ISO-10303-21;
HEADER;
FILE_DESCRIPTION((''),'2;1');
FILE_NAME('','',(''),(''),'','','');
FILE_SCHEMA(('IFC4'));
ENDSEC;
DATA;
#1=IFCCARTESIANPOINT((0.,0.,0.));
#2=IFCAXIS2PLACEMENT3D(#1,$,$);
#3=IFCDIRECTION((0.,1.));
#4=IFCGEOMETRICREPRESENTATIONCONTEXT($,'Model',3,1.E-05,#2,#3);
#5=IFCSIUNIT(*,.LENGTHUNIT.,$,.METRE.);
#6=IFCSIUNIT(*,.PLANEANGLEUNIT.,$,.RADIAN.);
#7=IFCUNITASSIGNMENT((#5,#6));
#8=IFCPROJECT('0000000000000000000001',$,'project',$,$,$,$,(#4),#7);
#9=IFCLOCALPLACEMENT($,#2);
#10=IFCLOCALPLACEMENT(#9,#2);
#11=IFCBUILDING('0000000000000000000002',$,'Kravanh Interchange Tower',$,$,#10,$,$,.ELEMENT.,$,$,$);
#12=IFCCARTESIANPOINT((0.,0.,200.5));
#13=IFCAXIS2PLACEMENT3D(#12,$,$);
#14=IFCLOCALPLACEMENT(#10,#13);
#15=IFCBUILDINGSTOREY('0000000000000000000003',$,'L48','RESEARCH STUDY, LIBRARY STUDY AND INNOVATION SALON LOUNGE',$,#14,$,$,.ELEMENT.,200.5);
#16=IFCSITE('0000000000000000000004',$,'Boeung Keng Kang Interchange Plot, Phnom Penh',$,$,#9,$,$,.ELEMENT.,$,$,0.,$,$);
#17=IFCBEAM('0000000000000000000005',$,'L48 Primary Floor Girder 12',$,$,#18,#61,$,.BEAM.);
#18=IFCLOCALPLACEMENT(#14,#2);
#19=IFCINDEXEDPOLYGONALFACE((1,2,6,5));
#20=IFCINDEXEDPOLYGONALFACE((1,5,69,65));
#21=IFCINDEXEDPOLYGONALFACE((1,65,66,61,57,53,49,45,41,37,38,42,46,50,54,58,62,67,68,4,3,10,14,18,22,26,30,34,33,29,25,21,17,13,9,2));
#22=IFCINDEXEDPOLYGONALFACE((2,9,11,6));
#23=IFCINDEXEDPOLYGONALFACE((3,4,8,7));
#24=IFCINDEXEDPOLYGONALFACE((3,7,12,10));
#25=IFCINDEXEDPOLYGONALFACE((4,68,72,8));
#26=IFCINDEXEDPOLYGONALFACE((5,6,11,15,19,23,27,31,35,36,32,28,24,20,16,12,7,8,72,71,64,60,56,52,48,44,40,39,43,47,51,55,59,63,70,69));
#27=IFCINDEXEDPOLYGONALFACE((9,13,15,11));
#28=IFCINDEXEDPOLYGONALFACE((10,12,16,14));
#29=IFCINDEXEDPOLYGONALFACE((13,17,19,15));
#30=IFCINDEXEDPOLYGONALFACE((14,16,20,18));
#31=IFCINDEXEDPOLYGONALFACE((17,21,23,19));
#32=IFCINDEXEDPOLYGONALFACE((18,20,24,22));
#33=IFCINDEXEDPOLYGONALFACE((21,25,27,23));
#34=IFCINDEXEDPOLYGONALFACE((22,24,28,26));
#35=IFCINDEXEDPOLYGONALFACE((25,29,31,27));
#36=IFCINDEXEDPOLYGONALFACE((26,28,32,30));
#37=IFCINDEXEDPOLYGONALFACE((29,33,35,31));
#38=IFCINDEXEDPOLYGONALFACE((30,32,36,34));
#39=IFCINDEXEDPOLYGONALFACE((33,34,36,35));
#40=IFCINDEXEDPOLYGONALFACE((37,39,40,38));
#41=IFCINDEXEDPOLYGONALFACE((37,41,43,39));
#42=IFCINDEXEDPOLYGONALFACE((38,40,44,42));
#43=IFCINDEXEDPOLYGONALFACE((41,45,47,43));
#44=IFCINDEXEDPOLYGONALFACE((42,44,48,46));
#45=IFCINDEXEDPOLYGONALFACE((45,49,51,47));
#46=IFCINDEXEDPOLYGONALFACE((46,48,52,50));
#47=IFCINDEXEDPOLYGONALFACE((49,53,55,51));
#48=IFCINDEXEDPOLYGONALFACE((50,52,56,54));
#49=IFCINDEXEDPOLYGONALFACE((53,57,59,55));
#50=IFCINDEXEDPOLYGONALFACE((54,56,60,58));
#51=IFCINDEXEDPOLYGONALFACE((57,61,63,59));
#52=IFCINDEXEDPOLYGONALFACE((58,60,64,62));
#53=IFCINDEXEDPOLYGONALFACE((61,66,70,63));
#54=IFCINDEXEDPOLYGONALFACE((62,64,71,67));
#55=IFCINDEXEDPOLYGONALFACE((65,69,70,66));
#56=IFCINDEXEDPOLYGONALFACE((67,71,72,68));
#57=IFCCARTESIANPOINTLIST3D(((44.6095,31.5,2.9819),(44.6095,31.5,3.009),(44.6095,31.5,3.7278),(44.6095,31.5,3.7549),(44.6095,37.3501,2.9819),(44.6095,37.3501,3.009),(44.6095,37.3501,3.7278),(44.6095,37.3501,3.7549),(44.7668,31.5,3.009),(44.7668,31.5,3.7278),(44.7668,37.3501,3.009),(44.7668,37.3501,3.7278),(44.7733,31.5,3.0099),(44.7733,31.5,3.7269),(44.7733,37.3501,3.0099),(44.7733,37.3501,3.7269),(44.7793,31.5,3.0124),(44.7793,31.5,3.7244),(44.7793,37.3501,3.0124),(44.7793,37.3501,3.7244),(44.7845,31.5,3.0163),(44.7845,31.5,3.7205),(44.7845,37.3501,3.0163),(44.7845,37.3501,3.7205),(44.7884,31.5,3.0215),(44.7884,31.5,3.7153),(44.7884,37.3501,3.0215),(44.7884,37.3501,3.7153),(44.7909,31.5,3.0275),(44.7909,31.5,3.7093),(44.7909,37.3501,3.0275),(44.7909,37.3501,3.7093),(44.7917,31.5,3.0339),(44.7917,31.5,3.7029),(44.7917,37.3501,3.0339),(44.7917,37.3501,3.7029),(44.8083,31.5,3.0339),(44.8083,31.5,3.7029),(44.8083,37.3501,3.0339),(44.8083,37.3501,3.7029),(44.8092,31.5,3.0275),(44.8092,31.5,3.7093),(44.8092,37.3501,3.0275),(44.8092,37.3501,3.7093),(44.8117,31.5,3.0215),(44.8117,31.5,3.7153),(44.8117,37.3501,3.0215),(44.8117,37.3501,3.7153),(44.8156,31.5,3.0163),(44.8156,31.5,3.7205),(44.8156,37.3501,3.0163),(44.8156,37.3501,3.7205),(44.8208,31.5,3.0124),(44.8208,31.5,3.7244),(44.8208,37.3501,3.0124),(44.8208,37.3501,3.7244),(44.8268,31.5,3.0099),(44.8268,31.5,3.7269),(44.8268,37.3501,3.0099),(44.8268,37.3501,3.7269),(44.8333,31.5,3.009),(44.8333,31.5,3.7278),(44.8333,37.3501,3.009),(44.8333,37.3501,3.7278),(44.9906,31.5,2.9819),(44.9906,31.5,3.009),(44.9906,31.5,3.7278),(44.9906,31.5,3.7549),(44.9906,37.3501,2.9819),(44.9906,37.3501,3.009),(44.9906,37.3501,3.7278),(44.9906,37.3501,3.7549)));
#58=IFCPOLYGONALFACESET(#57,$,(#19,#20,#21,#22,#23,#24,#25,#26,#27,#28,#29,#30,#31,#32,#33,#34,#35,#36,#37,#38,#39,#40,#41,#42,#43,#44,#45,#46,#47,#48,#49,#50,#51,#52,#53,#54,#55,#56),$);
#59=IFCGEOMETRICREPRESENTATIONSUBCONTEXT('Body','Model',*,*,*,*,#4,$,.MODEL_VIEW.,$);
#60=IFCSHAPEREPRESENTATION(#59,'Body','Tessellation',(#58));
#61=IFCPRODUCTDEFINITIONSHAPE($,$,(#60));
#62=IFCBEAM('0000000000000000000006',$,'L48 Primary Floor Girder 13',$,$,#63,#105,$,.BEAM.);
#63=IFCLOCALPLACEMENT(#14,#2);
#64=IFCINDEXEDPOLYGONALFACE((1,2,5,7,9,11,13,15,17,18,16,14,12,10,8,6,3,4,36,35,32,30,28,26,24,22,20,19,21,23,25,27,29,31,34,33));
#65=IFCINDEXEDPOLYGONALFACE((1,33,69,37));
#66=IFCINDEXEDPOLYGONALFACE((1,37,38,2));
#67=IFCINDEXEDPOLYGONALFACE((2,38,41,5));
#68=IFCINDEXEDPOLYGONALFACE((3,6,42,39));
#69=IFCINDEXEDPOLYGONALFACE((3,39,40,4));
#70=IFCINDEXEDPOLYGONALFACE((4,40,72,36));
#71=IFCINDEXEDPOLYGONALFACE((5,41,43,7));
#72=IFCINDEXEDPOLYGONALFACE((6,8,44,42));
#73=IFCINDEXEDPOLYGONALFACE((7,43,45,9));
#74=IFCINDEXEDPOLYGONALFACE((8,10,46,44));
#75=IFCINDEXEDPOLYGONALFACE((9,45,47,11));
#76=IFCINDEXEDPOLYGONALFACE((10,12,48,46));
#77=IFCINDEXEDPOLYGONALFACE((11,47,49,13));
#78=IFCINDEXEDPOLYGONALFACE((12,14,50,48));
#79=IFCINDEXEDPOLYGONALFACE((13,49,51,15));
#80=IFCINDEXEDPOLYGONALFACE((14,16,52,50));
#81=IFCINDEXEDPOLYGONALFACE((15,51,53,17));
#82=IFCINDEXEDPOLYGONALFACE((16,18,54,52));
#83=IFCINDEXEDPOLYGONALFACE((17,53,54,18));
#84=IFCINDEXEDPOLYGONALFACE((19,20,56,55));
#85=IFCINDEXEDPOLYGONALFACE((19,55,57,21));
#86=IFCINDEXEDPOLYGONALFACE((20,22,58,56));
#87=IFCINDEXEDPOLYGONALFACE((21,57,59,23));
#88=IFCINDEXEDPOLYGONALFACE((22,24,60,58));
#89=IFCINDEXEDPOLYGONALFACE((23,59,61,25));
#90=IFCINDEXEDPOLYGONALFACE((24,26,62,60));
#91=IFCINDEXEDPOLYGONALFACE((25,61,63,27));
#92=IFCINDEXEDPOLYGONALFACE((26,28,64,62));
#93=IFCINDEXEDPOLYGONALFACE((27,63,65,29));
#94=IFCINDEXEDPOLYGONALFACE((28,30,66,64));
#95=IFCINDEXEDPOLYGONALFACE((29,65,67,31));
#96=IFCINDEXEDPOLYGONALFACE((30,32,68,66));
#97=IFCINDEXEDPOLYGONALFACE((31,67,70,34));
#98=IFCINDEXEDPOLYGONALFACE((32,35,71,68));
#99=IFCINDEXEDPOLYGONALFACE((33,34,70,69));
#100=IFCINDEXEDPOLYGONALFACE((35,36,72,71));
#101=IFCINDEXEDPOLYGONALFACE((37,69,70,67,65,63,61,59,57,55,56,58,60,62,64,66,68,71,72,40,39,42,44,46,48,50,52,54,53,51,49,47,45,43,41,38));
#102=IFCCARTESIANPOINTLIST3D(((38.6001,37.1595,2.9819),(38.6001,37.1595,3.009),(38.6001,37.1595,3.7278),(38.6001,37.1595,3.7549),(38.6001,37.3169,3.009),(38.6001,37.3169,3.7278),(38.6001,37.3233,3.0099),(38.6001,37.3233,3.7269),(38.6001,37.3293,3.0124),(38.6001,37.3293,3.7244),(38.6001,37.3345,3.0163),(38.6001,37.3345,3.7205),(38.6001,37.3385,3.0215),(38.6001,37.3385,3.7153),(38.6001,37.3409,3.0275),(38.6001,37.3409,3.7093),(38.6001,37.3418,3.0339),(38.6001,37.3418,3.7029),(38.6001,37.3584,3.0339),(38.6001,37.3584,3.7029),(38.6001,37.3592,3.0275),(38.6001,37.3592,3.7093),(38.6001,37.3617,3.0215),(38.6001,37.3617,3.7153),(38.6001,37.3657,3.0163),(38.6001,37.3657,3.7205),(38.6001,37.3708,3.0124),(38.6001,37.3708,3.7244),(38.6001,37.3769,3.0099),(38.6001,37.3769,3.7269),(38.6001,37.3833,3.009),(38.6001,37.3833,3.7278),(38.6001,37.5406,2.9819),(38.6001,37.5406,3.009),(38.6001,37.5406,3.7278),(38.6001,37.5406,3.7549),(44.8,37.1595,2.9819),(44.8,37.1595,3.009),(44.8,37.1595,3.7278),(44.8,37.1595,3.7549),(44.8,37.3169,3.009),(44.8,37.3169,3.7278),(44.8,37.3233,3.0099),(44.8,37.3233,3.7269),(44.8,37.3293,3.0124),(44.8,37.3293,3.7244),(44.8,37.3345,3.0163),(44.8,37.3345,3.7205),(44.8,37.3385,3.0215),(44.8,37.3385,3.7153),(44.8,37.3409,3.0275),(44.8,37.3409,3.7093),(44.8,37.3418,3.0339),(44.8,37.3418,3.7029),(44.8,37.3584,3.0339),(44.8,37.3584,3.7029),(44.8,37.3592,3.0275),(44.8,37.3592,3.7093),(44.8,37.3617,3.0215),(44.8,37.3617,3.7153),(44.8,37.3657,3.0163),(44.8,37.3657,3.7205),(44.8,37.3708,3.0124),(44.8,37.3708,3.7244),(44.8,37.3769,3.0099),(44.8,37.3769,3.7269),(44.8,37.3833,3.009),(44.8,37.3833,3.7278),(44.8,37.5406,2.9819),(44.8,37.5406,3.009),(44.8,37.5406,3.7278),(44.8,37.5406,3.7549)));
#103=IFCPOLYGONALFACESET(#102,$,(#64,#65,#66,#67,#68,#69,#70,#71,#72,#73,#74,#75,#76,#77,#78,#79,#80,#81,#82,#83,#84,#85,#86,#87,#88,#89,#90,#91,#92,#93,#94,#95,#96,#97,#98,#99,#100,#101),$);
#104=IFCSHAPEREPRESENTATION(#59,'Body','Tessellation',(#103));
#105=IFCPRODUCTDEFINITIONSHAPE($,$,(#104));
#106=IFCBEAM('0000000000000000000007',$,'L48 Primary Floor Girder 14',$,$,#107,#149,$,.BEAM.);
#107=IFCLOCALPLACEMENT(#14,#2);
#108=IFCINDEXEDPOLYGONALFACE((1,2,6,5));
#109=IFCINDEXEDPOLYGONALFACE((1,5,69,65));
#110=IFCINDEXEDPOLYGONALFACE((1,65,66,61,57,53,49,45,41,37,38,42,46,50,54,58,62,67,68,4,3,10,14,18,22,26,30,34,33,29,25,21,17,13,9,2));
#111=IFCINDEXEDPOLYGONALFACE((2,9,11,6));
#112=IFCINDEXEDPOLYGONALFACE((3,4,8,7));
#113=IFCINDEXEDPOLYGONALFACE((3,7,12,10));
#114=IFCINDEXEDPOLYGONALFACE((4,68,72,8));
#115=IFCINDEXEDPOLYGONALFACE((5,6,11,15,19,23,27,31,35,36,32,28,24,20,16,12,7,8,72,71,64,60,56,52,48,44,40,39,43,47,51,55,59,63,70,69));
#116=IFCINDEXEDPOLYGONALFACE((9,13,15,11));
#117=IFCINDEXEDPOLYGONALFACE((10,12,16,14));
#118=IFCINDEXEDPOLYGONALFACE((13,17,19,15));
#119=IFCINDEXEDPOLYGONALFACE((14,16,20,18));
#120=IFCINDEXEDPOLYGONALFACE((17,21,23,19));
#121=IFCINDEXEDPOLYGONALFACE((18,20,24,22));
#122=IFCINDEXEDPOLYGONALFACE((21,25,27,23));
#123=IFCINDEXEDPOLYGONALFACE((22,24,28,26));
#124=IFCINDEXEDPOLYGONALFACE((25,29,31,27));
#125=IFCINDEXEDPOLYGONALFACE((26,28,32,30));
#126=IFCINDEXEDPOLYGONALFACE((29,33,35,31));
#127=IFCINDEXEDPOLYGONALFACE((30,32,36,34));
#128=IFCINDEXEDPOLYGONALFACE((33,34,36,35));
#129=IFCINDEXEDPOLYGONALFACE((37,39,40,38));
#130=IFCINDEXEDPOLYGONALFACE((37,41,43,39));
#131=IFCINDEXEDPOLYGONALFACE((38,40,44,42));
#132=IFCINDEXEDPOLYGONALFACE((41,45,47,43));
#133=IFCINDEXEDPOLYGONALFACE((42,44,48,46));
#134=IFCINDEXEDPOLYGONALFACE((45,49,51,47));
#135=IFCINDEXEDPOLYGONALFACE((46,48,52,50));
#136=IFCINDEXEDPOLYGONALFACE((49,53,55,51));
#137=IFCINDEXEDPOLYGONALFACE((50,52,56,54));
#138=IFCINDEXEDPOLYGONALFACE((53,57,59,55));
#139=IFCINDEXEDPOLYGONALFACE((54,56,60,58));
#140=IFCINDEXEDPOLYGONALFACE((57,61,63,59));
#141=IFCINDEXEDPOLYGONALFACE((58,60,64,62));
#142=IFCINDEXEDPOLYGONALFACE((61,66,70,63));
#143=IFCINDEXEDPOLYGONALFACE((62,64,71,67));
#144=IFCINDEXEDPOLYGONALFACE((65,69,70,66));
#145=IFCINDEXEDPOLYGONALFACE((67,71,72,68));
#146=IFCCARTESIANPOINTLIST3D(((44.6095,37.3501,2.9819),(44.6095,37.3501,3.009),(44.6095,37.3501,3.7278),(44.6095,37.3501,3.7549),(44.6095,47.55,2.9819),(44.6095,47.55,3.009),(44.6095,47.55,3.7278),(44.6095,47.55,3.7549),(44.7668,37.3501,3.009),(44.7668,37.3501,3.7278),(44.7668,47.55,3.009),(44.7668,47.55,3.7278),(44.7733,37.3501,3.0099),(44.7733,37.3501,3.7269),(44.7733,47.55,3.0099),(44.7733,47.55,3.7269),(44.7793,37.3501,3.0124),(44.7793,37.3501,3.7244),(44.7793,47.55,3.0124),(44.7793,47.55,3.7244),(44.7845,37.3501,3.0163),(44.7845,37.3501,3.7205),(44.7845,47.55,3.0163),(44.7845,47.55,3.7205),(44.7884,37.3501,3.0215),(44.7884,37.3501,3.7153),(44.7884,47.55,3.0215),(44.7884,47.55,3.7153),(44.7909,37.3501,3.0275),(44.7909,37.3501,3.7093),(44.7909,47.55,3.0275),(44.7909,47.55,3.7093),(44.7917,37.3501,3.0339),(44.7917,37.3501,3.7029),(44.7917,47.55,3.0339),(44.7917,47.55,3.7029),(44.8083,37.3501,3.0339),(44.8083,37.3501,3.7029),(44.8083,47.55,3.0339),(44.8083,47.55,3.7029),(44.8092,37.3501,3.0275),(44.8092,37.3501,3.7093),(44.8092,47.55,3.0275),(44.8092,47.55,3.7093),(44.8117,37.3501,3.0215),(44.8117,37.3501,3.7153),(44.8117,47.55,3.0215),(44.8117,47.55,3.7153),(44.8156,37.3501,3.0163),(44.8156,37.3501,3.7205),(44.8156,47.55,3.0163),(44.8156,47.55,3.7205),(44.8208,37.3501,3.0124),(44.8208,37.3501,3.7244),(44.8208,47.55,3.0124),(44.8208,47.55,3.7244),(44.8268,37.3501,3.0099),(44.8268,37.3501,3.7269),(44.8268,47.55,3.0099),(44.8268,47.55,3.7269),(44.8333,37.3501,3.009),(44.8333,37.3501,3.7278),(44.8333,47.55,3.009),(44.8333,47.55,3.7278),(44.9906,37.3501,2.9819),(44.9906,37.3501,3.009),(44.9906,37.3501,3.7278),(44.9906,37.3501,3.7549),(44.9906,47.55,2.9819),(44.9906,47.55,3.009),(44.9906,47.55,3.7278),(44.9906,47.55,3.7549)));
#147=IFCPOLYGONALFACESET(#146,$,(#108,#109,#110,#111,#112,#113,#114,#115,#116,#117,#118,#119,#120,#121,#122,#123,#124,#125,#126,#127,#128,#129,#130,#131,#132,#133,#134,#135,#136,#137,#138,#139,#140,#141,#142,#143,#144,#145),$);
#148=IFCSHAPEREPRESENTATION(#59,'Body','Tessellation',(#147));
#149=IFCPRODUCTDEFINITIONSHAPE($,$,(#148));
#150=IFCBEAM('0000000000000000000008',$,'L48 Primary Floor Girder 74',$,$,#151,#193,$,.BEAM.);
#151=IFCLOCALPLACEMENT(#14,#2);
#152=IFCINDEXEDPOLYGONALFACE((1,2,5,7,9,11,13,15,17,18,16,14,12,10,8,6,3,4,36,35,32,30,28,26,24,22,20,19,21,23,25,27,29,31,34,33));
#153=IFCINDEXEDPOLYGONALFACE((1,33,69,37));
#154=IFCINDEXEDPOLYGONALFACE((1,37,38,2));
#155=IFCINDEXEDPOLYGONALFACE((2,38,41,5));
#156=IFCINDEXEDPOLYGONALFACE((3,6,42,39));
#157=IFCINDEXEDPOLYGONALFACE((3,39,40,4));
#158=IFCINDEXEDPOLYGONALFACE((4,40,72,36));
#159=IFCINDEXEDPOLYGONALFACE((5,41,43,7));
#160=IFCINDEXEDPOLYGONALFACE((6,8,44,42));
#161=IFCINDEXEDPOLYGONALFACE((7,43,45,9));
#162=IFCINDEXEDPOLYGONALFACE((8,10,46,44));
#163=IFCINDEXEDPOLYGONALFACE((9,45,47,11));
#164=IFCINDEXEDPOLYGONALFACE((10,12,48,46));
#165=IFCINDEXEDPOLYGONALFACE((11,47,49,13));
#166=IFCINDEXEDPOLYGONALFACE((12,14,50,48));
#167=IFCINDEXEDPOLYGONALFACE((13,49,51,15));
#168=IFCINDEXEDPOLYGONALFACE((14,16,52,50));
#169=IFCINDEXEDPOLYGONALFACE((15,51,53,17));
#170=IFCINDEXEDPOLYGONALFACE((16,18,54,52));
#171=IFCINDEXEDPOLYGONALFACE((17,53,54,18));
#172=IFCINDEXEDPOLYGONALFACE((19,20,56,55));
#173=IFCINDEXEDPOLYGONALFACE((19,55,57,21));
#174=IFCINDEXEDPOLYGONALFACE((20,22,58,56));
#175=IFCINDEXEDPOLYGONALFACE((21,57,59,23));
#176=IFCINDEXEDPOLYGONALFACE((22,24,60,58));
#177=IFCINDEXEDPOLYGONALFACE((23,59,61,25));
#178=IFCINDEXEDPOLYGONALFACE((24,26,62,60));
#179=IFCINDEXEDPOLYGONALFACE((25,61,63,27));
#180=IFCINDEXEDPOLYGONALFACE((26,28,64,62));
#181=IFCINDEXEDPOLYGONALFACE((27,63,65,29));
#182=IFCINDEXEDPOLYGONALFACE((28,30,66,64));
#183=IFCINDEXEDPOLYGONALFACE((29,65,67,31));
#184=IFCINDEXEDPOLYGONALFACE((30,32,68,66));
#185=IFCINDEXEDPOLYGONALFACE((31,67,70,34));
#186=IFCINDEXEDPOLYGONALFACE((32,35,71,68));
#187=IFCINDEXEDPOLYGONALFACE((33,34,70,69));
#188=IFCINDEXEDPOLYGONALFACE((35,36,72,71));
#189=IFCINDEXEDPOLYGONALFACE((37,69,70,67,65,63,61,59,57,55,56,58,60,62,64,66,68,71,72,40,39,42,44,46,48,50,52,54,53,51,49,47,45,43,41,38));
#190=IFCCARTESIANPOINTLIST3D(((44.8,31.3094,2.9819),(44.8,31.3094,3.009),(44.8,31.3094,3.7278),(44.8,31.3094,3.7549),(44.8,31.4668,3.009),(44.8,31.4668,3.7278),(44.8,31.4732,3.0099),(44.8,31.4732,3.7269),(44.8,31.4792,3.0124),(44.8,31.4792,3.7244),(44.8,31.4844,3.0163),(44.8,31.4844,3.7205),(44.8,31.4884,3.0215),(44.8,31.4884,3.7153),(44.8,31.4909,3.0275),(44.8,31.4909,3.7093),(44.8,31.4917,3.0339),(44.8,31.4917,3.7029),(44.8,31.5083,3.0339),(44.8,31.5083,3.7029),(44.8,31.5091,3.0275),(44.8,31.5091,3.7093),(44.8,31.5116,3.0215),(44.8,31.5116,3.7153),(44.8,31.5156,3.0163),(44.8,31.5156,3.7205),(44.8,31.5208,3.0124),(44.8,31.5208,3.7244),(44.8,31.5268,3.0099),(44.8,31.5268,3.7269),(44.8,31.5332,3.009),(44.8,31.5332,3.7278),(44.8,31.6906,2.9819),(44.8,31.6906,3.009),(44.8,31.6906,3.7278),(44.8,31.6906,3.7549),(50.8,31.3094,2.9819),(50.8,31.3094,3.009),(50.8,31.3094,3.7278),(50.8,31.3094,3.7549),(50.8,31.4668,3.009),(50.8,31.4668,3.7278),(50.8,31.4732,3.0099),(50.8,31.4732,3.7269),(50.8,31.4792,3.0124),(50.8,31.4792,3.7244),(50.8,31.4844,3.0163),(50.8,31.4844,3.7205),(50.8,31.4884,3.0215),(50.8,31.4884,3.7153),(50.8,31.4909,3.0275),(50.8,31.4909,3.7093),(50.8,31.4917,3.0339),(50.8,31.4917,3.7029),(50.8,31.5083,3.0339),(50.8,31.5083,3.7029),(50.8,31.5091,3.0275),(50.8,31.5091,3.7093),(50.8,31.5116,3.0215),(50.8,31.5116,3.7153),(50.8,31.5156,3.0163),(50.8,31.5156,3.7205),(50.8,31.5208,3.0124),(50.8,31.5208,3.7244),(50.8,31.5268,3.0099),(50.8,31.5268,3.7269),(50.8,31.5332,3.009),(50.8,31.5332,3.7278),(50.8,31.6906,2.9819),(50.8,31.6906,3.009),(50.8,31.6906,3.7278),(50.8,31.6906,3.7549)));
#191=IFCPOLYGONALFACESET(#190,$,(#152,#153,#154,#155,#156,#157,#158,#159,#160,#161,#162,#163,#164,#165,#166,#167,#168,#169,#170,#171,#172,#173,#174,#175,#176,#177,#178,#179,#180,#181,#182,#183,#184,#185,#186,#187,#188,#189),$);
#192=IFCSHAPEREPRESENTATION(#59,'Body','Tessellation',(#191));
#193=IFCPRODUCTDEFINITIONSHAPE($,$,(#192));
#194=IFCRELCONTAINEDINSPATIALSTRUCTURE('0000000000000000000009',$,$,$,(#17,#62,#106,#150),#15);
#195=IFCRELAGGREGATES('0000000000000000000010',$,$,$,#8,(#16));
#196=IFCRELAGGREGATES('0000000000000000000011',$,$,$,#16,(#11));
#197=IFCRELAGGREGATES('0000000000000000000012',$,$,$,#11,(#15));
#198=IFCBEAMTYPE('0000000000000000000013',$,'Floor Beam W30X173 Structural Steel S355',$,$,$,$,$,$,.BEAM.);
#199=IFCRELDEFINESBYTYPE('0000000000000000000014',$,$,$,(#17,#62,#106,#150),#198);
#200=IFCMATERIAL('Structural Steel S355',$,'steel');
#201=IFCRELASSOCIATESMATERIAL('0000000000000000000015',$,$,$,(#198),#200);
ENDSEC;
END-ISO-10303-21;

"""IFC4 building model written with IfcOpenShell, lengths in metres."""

from ifc_helpers import new_model, si_unit, direction, frame, origin, origin_2d, place, context, subcontext, project, spatial, i_section, extrude, material, material_profile, profile_set, type_object, element, save


model = new_model("IFC4")

# Units and contexts
model_context = context("Model", 3, precision=1e-05, world=origin(), true_north=direction((0.0, 1.0)))
body_context = subcontext(model_context, "Body", "Model", "MODEL_VIEW")
ifc_project = project(units=[si_unit("LENGTHUNIT", "METRE"), si_unit("PLANEANGLEUNIT", "RADIAN")], contexts=[model_context])

# Site, building, storey
site_placement = place(None, origin())
site = spatial("IfcSite", under=ifc_project, at=site_placement, Name="Boeung Keng Kang Interchange Plot, Phnom Penh", CompositionType="ELEMENT", RefElevation=0.0)
building_placement = place(site_placement, origin())
building = spatial("IfcBuilding", under=site, at=building_placement, Name="Kravanh Interchange Tower", CompositionType="ELEMENT")
storey_placement = place(building_placement, frame((0.0, 0.0, 200.5)))
storey = spatial("IfcBuildingStorey", under=building, at=storey_placement, Name="L48", Description="RESEARCH STUDY, LIBRARY STUDY AND INNOVATION SALON LOUNGE", CompositionType="ELEMENT", Elevation=200.5)

# Beams
ifc_material_1 = material(Name="Structural Steel S355", Category="steel")
ifc_material_profile_1 = material_profile(ifc_material_1, i_section(OverallWidth=0.3811, OverallDepth=0.7729, WebThickness=0.0166, FlangeThickness=0.0271, FilletRadius=0.0249, at=origin_2d()), Name="W30X173")
ifc_profile_set_1 = profile_set([ifc_material_profile_1], Name="Structural Steel S355")
beam_type_1 = type_object("IfcBeamType", Name="Floor Beam W30X173 Structural Steel S355", PredefinedType="BEAM", material=ifc_profile_set_1)
beam_1_placement = place(storey_placement, frame((44.8, 37.3501, 3.3684), z_axis=(0.0, -1.0, 0.0), x_axis=(1.0, 0.0, 0.0)))
element("IfcBeam", 1, at=beam_1_placement, inside=storey, type_object=beam_type_1, Name="L48 Primary Floor Girder 12", PredefinedType="BEAM", context=body_context, shape_type="SweptSolid", body=[
    extrude(i_section(OverallWidth=0.3811, OverallDepth=0.7729, WebThickness=0.0166, FlangeThickness=0.0271, FilletRadius=0.0249, at=origin_2d()), origin(), (0.0, 0.0, 1.0), 5.8501),
])
beam_2_placement = place(storey_placement, frame((44.8, 37.3501, 3.3684), z_axis=(-1.0, 0.0, 0.0), x_axis=(0.0, -1.0, 0.0)))
element("IfcBeam", 2, at=beam_2_placement, inside=storey, type_object=beam_type_1, Name="L48 Primary Floor Girder 13", PredefinedType="BEAM", context=body_context, shape_type="SweptSolid", body=[
    extrude(i_section(OverallWidth=0.3811, OverallDepth=0.7729, WebThickness=0.0166, FlangeThickness=0.0271, FilletRadius=0.0249, at=origin_2d()), origin(), (0.0, 0.0, 1.0), 6.2),
])
beam_3_placement = place(storey_placement, frame((44.8, 37.3501, 3.3684), z_axis=(0.0, 1.0, 0.0), x_axis=(-1.0, 0.0, 0.0)))
element("IfcBeam", 3, at=beam_3_placement, inside=storey, type_object=beam_type_1, Name="L48 Primary Floor Girder 14", PredefinedType="BEAM", context=body_context, shape_type="SweptSolid", body=[
    extrude(i_section(OverallWidth=0.3811, OverallDepth=0.7729, WebThickness=0.0166, FlangeThickness=0.0271, FilletRadius=0.0249, at=origin_2d()), origin(), (0.0, 0.0, 1.0), 10.2),
])
beam_4_placement = place(storey_placement, frame((44.8, 31.5, 3.3684), z_axis=(1.0, 0.0, 0.0), x_axis=(0.0, 1.0, 0.0)))
element("IfcBeam", 4, at=beam_4_placement, inside=storey, type_object=beam_type_1, Name="L48 Primary Floor Girder 74", PredefinedType="BEAM", context=body_context, shape_type="SweptSolid", body=[
    extrude(i_section(OverallWidth=0.3811, OverallDepth=0.7729, WebThickness=0.0166, FlangeThickness=0.0271, FilletRadius=0.0249, at=origin_2d()), origin(), (0.0, 0.0, 1.0), 6.0),
])

save(model, "model.ifc")
